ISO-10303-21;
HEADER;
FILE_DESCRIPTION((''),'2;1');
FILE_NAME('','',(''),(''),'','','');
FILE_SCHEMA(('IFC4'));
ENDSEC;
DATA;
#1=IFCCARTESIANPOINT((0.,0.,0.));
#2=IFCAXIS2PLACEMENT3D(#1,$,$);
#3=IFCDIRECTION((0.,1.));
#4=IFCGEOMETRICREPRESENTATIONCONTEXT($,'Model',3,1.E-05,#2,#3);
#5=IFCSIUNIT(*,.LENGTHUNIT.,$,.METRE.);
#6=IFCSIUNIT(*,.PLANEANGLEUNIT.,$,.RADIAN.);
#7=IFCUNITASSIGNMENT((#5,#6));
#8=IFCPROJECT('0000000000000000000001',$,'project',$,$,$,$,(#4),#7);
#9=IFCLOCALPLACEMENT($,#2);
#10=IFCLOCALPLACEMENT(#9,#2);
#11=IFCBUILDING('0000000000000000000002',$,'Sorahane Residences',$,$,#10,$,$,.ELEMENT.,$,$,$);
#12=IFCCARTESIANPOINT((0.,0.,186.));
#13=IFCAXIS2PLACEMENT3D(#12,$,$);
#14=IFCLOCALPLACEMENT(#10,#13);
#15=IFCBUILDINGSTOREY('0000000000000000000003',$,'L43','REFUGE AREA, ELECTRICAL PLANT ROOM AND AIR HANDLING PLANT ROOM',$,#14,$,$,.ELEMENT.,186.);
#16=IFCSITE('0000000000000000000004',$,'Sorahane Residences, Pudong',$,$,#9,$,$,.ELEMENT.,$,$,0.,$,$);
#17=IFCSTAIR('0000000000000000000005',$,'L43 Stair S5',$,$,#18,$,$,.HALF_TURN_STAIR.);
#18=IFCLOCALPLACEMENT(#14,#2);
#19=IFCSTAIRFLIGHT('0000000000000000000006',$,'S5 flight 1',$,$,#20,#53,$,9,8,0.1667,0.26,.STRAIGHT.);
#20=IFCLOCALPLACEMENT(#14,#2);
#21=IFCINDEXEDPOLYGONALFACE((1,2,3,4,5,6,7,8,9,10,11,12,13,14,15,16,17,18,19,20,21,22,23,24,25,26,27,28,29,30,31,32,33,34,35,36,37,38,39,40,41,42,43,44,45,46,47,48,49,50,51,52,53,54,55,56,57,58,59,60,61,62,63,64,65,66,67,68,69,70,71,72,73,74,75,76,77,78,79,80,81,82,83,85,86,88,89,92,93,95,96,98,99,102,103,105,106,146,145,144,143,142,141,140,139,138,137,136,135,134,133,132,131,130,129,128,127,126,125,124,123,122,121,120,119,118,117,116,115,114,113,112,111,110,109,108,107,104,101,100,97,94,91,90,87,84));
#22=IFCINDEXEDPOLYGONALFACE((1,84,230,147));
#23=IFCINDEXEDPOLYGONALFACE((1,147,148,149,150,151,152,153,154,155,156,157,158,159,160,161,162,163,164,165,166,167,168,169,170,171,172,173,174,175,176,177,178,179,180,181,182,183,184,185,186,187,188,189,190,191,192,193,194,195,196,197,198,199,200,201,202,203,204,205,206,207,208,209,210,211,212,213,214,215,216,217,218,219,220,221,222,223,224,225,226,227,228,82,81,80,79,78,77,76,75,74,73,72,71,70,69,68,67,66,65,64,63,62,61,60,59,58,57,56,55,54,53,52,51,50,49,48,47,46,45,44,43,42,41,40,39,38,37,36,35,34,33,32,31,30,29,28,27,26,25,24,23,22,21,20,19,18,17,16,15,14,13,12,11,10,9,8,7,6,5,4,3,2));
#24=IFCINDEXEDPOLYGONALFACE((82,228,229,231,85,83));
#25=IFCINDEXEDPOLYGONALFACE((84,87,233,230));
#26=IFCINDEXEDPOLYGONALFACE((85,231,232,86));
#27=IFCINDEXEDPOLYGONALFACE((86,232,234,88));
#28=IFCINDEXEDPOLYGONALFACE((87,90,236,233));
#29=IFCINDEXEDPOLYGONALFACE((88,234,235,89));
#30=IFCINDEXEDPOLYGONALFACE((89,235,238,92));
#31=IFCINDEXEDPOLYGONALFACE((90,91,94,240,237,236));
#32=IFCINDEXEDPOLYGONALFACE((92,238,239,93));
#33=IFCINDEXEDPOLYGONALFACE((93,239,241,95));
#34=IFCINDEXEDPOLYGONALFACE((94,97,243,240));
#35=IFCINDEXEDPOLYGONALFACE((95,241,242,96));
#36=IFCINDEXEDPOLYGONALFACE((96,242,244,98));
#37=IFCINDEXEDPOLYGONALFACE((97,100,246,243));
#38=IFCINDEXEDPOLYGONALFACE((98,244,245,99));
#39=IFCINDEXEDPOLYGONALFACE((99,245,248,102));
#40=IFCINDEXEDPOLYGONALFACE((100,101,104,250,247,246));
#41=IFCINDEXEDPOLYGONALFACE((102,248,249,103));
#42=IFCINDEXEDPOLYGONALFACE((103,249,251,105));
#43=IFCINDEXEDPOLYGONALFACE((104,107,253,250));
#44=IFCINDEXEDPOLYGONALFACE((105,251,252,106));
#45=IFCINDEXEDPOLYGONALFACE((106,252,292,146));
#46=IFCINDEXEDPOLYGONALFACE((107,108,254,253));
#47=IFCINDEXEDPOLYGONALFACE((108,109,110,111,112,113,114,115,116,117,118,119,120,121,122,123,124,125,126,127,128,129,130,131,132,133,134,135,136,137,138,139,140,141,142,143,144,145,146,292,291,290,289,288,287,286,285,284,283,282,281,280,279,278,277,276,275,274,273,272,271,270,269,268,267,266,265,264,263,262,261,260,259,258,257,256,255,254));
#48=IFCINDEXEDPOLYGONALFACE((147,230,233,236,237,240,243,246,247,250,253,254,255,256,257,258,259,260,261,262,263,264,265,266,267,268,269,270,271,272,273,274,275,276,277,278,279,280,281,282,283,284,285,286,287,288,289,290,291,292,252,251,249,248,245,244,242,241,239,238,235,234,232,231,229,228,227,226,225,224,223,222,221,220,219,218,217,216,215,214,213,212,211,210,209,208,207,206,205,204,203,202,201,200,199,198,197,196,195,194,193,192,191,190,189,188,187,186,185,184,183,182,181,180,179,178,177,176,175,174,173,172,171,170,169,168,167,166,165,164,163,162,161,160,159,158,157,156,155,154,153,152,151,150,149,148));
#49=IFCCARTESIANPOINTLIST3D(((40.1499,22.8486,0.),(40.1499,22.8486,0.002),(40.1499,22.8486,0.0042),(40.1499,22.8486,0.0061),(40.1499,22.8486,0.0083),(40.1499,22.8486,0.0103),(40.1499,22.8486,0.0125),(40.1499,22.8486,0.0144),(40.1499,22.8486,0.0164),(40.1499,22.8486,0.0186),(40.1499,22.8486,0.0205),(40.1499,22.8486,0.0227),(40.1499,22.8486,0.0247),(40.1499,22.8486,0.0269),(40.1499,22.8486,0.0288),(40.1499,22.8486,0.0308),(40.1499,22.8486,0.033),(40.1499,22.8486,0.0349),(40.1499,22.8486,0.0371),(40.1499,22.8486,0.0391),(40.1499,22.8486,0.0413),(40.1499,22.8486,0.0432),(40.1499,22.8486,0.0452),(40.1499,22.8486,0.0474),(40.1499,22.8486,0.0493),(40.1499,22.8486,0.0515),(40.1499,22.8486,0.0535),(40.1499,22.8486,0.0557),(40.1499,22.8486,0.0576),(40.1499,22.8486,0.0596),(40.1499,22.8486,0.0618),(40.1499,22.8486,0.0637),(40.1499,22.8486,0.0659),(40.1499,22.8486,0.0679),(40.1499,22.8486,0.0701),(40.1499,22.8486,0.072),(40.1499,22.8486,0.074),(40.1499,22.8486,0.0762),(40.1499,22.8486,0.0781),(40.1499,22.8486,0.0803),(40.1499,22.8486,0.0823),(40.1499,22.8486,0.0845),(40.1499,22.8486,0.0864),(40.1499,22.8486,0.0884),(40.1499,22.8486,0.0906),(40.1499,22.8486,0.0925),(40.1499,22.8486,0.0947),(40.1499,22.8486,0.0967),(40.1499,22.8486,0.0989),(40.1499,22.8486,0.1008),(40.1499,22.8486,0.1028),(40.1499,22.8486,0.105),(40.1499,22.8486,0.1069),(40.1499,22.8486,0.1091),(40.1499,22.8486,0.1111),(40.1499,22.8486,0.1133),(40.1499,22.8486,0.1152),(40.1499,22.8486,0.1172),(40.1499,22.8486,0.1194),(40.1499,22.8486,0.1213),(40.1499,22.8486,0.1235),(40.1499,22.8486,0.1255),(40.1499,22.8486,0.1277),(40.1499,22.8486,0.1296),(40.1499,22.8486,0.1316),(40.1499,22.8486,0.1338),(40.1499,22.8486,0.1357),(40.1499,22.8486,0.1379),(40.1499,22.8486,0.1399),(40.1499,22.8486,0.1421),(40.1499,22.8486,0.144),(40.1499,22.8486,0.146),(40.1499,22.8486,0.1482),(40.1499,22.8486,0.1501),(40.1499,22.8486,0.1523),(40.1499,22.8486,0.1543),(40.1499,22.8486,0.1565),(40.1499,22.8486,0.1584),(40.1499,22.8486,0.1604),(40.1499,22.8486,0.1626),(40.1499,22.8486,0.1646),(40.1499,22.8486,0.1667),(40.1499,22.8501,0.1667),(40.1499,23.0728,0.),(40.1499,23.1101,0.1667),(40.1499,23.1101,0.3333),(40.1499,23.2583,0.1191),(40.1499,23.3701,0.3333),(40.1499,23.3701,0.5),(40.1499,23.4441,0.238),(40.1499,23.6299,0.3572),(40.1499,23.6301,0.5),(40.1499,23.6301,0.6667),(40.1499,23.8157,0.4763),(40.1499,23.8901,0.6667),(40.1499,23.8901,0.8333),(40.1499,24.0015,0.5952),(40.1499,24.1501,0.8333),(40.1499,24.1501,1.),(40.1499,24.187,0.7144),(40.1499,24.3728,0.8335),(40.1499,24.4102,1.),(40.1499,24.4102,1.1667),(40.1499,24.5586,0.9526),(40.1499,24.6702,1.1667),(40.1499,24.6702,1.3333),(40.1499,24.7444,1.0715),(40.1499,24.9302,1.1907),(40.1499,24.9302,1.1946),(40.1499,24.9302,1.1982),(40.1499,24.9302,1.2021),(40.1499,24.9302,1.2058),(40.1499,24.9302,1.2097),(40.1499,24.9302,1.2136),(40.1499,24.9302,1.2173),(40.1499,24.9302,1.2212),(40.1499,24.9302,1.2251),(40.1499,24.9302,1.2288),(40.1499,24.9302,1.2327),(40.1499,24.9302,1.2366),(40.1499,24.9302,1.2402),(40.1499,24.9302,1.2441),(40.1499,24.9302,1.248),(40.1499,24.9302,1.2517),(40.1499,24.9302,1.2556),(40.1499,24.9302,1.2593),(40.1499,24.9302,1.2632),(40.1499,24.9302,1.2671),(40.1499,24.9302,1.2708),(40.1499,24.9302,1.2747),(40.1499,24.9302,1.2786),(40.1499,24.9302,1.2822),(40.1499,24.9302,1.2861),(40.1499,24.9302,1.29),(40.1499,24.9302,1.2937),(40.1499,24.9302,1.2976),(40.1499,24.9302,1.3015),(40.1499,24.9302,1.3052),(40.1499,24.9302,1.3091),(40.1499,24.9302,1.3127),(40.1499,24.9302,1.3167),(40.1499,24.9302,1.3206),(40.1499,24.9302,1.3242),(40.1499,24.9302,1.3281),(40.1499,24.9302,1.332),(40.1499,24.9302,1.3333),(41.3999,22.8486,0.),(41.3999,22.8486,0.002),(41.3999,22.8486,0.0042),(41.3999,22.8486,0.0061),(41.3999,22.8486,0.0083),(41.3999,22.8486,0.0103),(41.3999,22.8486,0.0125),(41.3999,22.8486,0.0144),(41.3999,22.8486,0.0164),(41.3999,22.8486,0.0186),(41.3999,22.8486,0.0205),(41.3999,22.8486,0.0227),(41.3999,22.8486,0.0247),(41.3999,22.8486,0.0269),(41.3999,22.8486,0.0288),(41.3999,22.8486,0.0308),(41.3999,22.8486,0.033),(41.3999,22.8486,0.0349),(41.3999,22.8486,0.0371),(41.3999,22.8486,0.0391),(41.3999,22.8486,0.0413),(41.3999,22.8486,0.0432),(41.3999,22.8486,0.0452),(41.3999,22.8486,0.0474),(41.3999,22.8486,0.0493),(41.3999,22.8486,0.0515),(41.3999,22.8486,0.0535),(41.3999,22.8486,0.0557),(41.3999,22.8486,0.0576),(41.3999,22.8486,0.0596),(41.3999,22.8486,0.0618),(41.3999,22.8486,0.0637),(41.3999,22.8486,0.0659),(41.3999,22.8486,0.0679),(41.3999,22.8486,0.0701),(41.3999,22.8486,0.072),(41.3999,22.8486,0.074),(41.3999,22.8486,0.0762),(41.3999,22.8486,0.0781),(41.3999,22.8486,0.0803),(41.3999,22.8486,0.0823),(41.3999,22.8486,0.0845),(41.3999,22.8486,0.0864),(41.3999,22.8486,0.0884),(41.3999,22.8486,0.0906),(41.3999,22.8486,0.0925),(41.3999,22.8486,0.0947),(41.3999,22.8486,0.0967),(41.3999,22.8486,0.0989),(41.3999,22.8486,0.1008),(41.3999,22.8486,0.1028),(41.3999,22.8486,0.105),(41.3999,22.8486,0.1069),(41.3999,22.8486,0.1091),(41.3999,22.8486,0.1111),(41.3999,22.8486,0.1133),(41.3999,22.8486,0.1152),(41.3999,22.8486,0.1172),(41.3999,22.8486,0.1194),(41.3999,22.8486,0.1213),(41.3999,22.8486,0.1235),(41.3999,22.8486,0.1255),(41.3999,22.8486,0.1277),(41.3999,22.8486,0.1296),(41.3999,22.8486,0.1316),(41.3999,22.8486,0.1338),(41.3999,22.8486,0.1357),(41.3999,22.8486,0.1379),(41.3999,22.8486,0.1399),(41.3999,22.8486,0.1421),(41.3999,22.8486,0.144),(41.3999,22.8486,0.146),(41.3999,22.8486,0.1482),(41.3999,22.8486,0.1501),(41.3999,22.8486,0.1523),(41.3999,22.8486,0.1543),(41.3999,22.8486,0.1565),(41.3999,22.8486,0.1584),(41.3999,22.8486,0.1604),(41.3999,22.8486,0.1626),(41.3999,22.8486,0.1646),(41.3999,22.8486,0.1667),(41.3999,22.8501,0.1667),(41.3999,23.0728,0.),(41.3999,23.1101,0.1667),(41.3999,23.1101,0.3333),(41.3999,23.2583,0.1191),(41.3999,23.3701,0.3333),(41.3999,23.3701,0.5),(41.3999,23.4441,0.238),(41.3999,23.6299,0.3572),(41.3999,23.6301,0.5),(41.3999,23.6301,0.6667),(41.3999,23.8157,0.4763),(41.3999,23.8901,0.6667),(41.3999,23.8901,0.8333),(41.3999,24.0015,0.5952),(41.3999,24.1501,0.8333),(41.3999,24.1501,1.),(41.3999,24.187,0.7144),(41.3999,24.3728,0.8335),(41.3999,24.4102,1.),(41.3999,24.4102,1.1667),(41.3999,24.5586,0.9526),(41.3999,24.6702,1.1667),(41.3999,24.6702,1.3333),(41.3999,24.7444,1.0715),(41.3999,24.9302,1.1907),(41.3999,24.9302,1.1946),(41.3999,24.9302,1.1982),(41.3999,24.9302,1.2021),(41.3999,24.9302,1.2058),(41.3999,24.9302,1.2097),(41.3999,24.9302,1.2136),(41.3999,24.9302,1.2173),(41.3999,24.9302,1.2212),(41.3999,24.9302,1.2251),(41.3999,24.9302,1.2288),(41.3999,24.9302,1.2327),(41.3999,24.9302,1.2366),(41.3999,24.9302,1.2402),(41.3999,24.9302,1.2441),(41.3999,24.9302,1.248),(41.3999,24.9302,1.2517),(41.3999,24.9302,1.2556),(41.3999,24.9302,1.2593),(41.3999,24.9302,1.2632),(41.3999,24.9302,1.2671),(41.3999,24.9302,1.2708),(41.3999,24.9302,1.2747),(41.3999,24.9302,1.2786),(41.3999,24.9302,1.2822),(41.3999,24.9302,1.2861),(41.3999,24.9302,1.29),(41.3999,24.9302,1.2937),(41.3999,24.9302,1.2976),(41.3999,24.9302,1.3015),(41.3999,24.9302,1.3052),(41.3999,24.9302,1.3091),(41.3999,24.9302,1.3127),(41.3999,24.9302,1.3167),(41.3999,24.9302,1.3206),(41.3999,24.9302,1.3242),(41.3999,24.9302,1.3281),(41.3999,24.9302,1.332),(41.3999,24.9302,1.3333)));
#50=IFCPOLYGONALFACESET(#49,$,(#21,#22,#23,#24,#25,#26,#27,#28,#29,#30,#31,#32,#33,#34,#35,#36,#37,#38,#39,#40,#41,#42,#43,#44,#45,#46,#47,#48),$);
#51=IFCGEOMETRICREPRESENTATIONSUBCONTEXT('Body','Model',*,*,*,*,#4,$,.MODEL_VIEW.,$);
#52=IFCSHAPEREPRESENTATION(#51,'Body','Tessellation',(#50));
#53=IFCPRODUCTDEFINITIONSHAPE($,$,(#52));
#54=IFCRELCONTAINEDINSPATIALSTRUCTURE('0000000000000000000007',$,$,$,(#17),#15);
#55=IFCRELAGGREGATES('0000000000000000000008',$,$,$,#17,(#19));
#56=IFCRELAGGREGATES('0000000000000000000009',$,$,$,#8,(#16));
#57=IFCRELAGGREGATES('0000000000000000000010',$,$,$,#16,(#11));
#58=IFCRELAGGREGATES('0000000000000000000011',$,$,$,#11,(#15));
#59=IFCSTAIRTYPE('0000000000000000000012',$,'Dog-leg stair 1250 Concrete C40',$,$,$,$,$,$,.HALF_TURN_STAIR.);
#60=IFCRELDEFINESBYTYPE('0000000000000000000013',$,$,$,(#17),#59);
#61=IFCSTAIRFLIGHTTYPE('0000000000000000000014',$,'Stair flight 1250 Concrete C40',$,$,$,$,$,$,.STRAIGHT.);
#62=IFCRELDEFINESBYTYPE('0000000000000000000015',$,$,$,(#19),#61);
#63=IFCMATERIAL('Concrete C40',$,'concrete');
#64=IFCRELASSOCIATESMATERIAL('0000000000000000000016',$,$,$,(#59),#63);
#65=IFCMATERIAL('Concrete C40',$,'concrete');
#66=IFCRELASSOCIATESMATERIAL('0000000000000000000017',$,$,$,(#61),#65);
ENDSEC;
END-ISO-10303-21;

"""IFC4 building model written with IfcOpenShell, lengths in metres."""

from ifc_helpers import new_model, si_unit, direction, frame, origin, place, context, subcontext, project, spatial, polyline, outline, extrude, material, type_object, element, aggregate, save


model = new_model("IFC4")

# Units and contexts
model_context = context("Model", 3, precision=1e-05, world=origin(), true_north=direction((0.0, 1.0)))
body_context = subcontext(model_context, "Body", "Model", "MODEL_VIEW")
ifc_project = project(units=[si_unit("LENGTHUNIT", "METRE"), si_unit("PLANEANGLEUNIT", "RADIAN")], contexts=[model_context])

# Site, building, storey
site_placement = place(None, origin())
site = spatial("IfcSite", under=ifc_project, at=site_placement, Name="Sorahane Residences, Pudong", CompositionType="ELEMENT", RefElevation=0.0)
building_placement = place(site_placement, origin())
building = spatial("IfcBuilding", under=site, at=building_placement, Name="Sorahane Residences", CompositionType="ELEMENT")
storey_placement = place(building_placement, frame((0.0, 0.0, 186.0)))
storey = spatial("IfcBuildingStorey", under=building, at=storey_placement, Name="L43", Description="REFUGE AREA, ELECTRICAL PLANT ROOM AND AIR HANDLING PLANT ROOM", CompositionType="ELEMENT", Elevation=186.0)

# Stair, stair flight
ifc_material_1 = material(Name="Concrete C40", Category="concrete")
stair_type = type_object("IfcStairType", Name="Dog-leg stair 1250 Concrete C40", PredefinedType="HALF_TURN_STAIR", material=ifc_material_1)
stair_placement = place(storey_placement, origin())
stair = element("IfcStair", 1, at=stair_placement, inside=storey, type_object=stair_type, Name="L43 Stair S5", PredefinedType="HALF_TURN_STAIR")
ifc_material_2 = material(Name="Concrete C40", Category="concrete")
stair_flight_type = type_object("IfcStairFlightType", Name="Stair flight 1250 Concrete C40", PredefinedType="STRAIGHT", material=ifc_material_2)
stair_flight_1_placement = place(storey_placement, frame((40.7749, 22.8501, 0.0), z_axis=(0.0, 0.0, 1.0), x_axis=(0.0, 1.0, 0.0)))
stair_flight_1 = element("IfcStairFlight", 2, at=stair_flight_1_placement, type_object=stair_flight_type, Name="S5 flight 1", NumberOfRisers=9, NumberOfTreads=8, PredefinedType="STRAIGHT", RiserHeight=0.1667, TreadLength=0.26, context=body_context, shape_type="SweptSolid", body=[
    extrude(outline(polyline([(-0.0015, 0.0), (-0.0015, 0.002), (-0.0015, 0.0042), (-0.0015, 0.0061), (-0.0015, 0.0083), (-0.0015, 0.0103), (-0.0015, 0.0125), (-0.0015, 0.0144), (-0.0015, 0.0164), (-0.0015, 0.0186), (-0.0015, 0.0205), (-0.0015, 0.0227), (-0.0015, 0.0247), (-0.0015, 0.0269), (-0.0015, 0.0288), (-0.0015, 0.0308), (-0.0015, 0.033), (-0.0015, 0.0349), (-0.0015, 0.0371), (-0.0015, 0.0391), (-0.0015, 0.0413), (-0.0015, 0.0432), (-0.0015, 0.0452), (-0.0015, 0.0474), (-0.0015, 0.0493), (-0.0015, 0.0515), (-0.0015, 0.0535), (-0.0015, 0.0557), (-0.0015, 0.0576), (-0.0015, 0.0596), (-0.0015, 0.0618), (-0.0015, 0.0637), (-0.0015, 0.0659), (-0.0015, 0.0679), (-0.0015, 0.0701), (-0.0015, 0.072), (-0.0015, 0.074), (-0.0015, 0.0762), (-0.0015, 0.0781), (-0.0015, 0.0803), (-0.0015, 0.0823), (-0.0015, 0.0845), (-0.0015, 0.0864), (-0.0015, 0.0884), (-0.0015, 0.0906), (-0.0015, 0.0925), (-0.0015, 0.0947), (-0.0015, 0.0967), (-0.0015, 0.0989), (-0.0015, 0.1008), (-0.0015, 0.1028), (-0.0015, 0.105), (-0.0015, 0.1069), (-0.0015, 0.1091), (-0.0015, 0.1111), (-0.0015, 0.1133), (-0.0015, 0.1152), (-0.0015, 0.1172), (-0.0015, 0.1194), (-0.0015, 0.1213), (-0.0015, 0.1235), (-0.0015, 0.1255), (-0.0015, 0.1277), (-0.0015, 0.1296), (-0.0015, 0.1316), (-0.0015, 0.1338), (-0.0015, 0.1357), (-0.0015, 0.1379), (-0.0015, 0.1399), (-0.0015, 0.1421), (-0.0015, 0.144), (-0.0015, 0.146), (-0.0015, 0.1482), (-0.0015, 0.1501), (-0.0015, 0.1523), (-0.0015, 0.1543), (-0.0015, 0.1565), (-0.0015, 0.1584), (-0.0015, 0.1604), (-0.0015, 0.1626), (-0.0015, 0.1646), (-0.0015, 0.1667), (0.0, 0.1667), (0.26, 0.1667), (0.26, 0.3333), (0.52, 0.3333), (0.52, 0.5), (0.78, 0.5), (0.78, 0.6667), (1.04, 0.6667), (1.04, 0.8333), (1.3, 0.8333), (1.3, 1.0), (1.5601, 1.0), (1.5601, 1.1667), (1.8201, 1.1667), (1.8201, 1.3333), (2.0801, 1.3333), (2.0801, 1.5), (2.0801, 1.4961), (2.0801, 1.4924), (2.0801, 1.4885), (2.0801, 1.4846), (2.0801, 1.481), (2.0801, 1.4771), (2.0801, 1.4731), (2.0801, 1.4695), (2.0801, 1.4656), (2.0801, 1.4619), (2.0801, 1.458), (2.0801, 1.4541), (2.0801, 1.4504), (2.0801, 1.4465), (2.0801, 1.4426), (2.0801, 1.439), (2.0801, 1.4351), (2.0801, 1.4312), (2.0801, 1.4275), (2.0801, 1.4236), (2.0801, 1.4197), (2.0801, 1.416), (2.0801, 1.4121), (2.0801, 1.4084), (2.0801, 1.4045), (2.0801, 1.4006), (2.0801, 1.397), (2.0801, 1.3931), (2.0801, 1.3892), (2.0801, 1.3855), (2.0801, 1.3816), (2.0801, 1.3777), (2.0801, 1.374), (2.0801, 1.3701), (2.0801, 1.3662), (2.0801, 1.3625), (2.0801, 1.3586), (2.0801, 1.355), (2.0801, 1.3511), (2.0801, 1.3472), (2.0801, 1.3435), (2.0801, 1.3396), (2.0801, 1.3357), (2.0801, 1.332), (2.0801, 1.3281), (2.0801, 1.3242), (2.0801, 1.3206), (2.0801, 1.3167), (2.0801, 1.3127), (2.0801, 1.3091), (2.0801, 1.3052), (2.0801, 1.3015), (2.0801, 1.2976), (2.0801, 1.2937), (2.0801, 1.29), (2.0801, 1.2861), (2.0801, 1.2822), (2.0801, 1.2786), (2.0801, 1.2747), (2.0801, 1.2708), (2.0801, 1.2671), (2.0801, 1.2632), (2.0801, 1.2593), (2.0801, 1.2556), (2.0801, 1.2517), (2.0801, 1.248), (2.0801, 1.2441), (2.0801, 1.2402), (2.0801, 1.2366), (2.0801, 1.2327), (2.0801, 1.2288), (2.0801, 1.2251), (2.0801, 1.2212), (2.0801, 1.2173), (2.0801, 1.2136), (2.0801, 1.2097), (2.0801, 1.2058), (2.0801, 1.2021), (2.0801, 1.1982), (2.0801, 1.1946), (2.0801, 1.1907), (1.8943, 1.0715), (1.7085, 0.9526), (1.5227, 0.8335), (1.3369, 0.7144), (1.1514, 0.5952), (0.9656, 0.4763), (0.7798, 0.3572), (0.594, 0.238), (0.4082, 0.1191), (0.2227, 0.0), (-0.0015, 0.0)])), frame((0.0, 0.625, 0.0), z_axis=(0.0, -1.0, 0.0), x_axis=(1.0, 0.0, 0.0)), (0.0, 0.0, 1.0), 1.25),
])
aggregate(stair, [stair_flight_1])

save(model, "model.ifc")
